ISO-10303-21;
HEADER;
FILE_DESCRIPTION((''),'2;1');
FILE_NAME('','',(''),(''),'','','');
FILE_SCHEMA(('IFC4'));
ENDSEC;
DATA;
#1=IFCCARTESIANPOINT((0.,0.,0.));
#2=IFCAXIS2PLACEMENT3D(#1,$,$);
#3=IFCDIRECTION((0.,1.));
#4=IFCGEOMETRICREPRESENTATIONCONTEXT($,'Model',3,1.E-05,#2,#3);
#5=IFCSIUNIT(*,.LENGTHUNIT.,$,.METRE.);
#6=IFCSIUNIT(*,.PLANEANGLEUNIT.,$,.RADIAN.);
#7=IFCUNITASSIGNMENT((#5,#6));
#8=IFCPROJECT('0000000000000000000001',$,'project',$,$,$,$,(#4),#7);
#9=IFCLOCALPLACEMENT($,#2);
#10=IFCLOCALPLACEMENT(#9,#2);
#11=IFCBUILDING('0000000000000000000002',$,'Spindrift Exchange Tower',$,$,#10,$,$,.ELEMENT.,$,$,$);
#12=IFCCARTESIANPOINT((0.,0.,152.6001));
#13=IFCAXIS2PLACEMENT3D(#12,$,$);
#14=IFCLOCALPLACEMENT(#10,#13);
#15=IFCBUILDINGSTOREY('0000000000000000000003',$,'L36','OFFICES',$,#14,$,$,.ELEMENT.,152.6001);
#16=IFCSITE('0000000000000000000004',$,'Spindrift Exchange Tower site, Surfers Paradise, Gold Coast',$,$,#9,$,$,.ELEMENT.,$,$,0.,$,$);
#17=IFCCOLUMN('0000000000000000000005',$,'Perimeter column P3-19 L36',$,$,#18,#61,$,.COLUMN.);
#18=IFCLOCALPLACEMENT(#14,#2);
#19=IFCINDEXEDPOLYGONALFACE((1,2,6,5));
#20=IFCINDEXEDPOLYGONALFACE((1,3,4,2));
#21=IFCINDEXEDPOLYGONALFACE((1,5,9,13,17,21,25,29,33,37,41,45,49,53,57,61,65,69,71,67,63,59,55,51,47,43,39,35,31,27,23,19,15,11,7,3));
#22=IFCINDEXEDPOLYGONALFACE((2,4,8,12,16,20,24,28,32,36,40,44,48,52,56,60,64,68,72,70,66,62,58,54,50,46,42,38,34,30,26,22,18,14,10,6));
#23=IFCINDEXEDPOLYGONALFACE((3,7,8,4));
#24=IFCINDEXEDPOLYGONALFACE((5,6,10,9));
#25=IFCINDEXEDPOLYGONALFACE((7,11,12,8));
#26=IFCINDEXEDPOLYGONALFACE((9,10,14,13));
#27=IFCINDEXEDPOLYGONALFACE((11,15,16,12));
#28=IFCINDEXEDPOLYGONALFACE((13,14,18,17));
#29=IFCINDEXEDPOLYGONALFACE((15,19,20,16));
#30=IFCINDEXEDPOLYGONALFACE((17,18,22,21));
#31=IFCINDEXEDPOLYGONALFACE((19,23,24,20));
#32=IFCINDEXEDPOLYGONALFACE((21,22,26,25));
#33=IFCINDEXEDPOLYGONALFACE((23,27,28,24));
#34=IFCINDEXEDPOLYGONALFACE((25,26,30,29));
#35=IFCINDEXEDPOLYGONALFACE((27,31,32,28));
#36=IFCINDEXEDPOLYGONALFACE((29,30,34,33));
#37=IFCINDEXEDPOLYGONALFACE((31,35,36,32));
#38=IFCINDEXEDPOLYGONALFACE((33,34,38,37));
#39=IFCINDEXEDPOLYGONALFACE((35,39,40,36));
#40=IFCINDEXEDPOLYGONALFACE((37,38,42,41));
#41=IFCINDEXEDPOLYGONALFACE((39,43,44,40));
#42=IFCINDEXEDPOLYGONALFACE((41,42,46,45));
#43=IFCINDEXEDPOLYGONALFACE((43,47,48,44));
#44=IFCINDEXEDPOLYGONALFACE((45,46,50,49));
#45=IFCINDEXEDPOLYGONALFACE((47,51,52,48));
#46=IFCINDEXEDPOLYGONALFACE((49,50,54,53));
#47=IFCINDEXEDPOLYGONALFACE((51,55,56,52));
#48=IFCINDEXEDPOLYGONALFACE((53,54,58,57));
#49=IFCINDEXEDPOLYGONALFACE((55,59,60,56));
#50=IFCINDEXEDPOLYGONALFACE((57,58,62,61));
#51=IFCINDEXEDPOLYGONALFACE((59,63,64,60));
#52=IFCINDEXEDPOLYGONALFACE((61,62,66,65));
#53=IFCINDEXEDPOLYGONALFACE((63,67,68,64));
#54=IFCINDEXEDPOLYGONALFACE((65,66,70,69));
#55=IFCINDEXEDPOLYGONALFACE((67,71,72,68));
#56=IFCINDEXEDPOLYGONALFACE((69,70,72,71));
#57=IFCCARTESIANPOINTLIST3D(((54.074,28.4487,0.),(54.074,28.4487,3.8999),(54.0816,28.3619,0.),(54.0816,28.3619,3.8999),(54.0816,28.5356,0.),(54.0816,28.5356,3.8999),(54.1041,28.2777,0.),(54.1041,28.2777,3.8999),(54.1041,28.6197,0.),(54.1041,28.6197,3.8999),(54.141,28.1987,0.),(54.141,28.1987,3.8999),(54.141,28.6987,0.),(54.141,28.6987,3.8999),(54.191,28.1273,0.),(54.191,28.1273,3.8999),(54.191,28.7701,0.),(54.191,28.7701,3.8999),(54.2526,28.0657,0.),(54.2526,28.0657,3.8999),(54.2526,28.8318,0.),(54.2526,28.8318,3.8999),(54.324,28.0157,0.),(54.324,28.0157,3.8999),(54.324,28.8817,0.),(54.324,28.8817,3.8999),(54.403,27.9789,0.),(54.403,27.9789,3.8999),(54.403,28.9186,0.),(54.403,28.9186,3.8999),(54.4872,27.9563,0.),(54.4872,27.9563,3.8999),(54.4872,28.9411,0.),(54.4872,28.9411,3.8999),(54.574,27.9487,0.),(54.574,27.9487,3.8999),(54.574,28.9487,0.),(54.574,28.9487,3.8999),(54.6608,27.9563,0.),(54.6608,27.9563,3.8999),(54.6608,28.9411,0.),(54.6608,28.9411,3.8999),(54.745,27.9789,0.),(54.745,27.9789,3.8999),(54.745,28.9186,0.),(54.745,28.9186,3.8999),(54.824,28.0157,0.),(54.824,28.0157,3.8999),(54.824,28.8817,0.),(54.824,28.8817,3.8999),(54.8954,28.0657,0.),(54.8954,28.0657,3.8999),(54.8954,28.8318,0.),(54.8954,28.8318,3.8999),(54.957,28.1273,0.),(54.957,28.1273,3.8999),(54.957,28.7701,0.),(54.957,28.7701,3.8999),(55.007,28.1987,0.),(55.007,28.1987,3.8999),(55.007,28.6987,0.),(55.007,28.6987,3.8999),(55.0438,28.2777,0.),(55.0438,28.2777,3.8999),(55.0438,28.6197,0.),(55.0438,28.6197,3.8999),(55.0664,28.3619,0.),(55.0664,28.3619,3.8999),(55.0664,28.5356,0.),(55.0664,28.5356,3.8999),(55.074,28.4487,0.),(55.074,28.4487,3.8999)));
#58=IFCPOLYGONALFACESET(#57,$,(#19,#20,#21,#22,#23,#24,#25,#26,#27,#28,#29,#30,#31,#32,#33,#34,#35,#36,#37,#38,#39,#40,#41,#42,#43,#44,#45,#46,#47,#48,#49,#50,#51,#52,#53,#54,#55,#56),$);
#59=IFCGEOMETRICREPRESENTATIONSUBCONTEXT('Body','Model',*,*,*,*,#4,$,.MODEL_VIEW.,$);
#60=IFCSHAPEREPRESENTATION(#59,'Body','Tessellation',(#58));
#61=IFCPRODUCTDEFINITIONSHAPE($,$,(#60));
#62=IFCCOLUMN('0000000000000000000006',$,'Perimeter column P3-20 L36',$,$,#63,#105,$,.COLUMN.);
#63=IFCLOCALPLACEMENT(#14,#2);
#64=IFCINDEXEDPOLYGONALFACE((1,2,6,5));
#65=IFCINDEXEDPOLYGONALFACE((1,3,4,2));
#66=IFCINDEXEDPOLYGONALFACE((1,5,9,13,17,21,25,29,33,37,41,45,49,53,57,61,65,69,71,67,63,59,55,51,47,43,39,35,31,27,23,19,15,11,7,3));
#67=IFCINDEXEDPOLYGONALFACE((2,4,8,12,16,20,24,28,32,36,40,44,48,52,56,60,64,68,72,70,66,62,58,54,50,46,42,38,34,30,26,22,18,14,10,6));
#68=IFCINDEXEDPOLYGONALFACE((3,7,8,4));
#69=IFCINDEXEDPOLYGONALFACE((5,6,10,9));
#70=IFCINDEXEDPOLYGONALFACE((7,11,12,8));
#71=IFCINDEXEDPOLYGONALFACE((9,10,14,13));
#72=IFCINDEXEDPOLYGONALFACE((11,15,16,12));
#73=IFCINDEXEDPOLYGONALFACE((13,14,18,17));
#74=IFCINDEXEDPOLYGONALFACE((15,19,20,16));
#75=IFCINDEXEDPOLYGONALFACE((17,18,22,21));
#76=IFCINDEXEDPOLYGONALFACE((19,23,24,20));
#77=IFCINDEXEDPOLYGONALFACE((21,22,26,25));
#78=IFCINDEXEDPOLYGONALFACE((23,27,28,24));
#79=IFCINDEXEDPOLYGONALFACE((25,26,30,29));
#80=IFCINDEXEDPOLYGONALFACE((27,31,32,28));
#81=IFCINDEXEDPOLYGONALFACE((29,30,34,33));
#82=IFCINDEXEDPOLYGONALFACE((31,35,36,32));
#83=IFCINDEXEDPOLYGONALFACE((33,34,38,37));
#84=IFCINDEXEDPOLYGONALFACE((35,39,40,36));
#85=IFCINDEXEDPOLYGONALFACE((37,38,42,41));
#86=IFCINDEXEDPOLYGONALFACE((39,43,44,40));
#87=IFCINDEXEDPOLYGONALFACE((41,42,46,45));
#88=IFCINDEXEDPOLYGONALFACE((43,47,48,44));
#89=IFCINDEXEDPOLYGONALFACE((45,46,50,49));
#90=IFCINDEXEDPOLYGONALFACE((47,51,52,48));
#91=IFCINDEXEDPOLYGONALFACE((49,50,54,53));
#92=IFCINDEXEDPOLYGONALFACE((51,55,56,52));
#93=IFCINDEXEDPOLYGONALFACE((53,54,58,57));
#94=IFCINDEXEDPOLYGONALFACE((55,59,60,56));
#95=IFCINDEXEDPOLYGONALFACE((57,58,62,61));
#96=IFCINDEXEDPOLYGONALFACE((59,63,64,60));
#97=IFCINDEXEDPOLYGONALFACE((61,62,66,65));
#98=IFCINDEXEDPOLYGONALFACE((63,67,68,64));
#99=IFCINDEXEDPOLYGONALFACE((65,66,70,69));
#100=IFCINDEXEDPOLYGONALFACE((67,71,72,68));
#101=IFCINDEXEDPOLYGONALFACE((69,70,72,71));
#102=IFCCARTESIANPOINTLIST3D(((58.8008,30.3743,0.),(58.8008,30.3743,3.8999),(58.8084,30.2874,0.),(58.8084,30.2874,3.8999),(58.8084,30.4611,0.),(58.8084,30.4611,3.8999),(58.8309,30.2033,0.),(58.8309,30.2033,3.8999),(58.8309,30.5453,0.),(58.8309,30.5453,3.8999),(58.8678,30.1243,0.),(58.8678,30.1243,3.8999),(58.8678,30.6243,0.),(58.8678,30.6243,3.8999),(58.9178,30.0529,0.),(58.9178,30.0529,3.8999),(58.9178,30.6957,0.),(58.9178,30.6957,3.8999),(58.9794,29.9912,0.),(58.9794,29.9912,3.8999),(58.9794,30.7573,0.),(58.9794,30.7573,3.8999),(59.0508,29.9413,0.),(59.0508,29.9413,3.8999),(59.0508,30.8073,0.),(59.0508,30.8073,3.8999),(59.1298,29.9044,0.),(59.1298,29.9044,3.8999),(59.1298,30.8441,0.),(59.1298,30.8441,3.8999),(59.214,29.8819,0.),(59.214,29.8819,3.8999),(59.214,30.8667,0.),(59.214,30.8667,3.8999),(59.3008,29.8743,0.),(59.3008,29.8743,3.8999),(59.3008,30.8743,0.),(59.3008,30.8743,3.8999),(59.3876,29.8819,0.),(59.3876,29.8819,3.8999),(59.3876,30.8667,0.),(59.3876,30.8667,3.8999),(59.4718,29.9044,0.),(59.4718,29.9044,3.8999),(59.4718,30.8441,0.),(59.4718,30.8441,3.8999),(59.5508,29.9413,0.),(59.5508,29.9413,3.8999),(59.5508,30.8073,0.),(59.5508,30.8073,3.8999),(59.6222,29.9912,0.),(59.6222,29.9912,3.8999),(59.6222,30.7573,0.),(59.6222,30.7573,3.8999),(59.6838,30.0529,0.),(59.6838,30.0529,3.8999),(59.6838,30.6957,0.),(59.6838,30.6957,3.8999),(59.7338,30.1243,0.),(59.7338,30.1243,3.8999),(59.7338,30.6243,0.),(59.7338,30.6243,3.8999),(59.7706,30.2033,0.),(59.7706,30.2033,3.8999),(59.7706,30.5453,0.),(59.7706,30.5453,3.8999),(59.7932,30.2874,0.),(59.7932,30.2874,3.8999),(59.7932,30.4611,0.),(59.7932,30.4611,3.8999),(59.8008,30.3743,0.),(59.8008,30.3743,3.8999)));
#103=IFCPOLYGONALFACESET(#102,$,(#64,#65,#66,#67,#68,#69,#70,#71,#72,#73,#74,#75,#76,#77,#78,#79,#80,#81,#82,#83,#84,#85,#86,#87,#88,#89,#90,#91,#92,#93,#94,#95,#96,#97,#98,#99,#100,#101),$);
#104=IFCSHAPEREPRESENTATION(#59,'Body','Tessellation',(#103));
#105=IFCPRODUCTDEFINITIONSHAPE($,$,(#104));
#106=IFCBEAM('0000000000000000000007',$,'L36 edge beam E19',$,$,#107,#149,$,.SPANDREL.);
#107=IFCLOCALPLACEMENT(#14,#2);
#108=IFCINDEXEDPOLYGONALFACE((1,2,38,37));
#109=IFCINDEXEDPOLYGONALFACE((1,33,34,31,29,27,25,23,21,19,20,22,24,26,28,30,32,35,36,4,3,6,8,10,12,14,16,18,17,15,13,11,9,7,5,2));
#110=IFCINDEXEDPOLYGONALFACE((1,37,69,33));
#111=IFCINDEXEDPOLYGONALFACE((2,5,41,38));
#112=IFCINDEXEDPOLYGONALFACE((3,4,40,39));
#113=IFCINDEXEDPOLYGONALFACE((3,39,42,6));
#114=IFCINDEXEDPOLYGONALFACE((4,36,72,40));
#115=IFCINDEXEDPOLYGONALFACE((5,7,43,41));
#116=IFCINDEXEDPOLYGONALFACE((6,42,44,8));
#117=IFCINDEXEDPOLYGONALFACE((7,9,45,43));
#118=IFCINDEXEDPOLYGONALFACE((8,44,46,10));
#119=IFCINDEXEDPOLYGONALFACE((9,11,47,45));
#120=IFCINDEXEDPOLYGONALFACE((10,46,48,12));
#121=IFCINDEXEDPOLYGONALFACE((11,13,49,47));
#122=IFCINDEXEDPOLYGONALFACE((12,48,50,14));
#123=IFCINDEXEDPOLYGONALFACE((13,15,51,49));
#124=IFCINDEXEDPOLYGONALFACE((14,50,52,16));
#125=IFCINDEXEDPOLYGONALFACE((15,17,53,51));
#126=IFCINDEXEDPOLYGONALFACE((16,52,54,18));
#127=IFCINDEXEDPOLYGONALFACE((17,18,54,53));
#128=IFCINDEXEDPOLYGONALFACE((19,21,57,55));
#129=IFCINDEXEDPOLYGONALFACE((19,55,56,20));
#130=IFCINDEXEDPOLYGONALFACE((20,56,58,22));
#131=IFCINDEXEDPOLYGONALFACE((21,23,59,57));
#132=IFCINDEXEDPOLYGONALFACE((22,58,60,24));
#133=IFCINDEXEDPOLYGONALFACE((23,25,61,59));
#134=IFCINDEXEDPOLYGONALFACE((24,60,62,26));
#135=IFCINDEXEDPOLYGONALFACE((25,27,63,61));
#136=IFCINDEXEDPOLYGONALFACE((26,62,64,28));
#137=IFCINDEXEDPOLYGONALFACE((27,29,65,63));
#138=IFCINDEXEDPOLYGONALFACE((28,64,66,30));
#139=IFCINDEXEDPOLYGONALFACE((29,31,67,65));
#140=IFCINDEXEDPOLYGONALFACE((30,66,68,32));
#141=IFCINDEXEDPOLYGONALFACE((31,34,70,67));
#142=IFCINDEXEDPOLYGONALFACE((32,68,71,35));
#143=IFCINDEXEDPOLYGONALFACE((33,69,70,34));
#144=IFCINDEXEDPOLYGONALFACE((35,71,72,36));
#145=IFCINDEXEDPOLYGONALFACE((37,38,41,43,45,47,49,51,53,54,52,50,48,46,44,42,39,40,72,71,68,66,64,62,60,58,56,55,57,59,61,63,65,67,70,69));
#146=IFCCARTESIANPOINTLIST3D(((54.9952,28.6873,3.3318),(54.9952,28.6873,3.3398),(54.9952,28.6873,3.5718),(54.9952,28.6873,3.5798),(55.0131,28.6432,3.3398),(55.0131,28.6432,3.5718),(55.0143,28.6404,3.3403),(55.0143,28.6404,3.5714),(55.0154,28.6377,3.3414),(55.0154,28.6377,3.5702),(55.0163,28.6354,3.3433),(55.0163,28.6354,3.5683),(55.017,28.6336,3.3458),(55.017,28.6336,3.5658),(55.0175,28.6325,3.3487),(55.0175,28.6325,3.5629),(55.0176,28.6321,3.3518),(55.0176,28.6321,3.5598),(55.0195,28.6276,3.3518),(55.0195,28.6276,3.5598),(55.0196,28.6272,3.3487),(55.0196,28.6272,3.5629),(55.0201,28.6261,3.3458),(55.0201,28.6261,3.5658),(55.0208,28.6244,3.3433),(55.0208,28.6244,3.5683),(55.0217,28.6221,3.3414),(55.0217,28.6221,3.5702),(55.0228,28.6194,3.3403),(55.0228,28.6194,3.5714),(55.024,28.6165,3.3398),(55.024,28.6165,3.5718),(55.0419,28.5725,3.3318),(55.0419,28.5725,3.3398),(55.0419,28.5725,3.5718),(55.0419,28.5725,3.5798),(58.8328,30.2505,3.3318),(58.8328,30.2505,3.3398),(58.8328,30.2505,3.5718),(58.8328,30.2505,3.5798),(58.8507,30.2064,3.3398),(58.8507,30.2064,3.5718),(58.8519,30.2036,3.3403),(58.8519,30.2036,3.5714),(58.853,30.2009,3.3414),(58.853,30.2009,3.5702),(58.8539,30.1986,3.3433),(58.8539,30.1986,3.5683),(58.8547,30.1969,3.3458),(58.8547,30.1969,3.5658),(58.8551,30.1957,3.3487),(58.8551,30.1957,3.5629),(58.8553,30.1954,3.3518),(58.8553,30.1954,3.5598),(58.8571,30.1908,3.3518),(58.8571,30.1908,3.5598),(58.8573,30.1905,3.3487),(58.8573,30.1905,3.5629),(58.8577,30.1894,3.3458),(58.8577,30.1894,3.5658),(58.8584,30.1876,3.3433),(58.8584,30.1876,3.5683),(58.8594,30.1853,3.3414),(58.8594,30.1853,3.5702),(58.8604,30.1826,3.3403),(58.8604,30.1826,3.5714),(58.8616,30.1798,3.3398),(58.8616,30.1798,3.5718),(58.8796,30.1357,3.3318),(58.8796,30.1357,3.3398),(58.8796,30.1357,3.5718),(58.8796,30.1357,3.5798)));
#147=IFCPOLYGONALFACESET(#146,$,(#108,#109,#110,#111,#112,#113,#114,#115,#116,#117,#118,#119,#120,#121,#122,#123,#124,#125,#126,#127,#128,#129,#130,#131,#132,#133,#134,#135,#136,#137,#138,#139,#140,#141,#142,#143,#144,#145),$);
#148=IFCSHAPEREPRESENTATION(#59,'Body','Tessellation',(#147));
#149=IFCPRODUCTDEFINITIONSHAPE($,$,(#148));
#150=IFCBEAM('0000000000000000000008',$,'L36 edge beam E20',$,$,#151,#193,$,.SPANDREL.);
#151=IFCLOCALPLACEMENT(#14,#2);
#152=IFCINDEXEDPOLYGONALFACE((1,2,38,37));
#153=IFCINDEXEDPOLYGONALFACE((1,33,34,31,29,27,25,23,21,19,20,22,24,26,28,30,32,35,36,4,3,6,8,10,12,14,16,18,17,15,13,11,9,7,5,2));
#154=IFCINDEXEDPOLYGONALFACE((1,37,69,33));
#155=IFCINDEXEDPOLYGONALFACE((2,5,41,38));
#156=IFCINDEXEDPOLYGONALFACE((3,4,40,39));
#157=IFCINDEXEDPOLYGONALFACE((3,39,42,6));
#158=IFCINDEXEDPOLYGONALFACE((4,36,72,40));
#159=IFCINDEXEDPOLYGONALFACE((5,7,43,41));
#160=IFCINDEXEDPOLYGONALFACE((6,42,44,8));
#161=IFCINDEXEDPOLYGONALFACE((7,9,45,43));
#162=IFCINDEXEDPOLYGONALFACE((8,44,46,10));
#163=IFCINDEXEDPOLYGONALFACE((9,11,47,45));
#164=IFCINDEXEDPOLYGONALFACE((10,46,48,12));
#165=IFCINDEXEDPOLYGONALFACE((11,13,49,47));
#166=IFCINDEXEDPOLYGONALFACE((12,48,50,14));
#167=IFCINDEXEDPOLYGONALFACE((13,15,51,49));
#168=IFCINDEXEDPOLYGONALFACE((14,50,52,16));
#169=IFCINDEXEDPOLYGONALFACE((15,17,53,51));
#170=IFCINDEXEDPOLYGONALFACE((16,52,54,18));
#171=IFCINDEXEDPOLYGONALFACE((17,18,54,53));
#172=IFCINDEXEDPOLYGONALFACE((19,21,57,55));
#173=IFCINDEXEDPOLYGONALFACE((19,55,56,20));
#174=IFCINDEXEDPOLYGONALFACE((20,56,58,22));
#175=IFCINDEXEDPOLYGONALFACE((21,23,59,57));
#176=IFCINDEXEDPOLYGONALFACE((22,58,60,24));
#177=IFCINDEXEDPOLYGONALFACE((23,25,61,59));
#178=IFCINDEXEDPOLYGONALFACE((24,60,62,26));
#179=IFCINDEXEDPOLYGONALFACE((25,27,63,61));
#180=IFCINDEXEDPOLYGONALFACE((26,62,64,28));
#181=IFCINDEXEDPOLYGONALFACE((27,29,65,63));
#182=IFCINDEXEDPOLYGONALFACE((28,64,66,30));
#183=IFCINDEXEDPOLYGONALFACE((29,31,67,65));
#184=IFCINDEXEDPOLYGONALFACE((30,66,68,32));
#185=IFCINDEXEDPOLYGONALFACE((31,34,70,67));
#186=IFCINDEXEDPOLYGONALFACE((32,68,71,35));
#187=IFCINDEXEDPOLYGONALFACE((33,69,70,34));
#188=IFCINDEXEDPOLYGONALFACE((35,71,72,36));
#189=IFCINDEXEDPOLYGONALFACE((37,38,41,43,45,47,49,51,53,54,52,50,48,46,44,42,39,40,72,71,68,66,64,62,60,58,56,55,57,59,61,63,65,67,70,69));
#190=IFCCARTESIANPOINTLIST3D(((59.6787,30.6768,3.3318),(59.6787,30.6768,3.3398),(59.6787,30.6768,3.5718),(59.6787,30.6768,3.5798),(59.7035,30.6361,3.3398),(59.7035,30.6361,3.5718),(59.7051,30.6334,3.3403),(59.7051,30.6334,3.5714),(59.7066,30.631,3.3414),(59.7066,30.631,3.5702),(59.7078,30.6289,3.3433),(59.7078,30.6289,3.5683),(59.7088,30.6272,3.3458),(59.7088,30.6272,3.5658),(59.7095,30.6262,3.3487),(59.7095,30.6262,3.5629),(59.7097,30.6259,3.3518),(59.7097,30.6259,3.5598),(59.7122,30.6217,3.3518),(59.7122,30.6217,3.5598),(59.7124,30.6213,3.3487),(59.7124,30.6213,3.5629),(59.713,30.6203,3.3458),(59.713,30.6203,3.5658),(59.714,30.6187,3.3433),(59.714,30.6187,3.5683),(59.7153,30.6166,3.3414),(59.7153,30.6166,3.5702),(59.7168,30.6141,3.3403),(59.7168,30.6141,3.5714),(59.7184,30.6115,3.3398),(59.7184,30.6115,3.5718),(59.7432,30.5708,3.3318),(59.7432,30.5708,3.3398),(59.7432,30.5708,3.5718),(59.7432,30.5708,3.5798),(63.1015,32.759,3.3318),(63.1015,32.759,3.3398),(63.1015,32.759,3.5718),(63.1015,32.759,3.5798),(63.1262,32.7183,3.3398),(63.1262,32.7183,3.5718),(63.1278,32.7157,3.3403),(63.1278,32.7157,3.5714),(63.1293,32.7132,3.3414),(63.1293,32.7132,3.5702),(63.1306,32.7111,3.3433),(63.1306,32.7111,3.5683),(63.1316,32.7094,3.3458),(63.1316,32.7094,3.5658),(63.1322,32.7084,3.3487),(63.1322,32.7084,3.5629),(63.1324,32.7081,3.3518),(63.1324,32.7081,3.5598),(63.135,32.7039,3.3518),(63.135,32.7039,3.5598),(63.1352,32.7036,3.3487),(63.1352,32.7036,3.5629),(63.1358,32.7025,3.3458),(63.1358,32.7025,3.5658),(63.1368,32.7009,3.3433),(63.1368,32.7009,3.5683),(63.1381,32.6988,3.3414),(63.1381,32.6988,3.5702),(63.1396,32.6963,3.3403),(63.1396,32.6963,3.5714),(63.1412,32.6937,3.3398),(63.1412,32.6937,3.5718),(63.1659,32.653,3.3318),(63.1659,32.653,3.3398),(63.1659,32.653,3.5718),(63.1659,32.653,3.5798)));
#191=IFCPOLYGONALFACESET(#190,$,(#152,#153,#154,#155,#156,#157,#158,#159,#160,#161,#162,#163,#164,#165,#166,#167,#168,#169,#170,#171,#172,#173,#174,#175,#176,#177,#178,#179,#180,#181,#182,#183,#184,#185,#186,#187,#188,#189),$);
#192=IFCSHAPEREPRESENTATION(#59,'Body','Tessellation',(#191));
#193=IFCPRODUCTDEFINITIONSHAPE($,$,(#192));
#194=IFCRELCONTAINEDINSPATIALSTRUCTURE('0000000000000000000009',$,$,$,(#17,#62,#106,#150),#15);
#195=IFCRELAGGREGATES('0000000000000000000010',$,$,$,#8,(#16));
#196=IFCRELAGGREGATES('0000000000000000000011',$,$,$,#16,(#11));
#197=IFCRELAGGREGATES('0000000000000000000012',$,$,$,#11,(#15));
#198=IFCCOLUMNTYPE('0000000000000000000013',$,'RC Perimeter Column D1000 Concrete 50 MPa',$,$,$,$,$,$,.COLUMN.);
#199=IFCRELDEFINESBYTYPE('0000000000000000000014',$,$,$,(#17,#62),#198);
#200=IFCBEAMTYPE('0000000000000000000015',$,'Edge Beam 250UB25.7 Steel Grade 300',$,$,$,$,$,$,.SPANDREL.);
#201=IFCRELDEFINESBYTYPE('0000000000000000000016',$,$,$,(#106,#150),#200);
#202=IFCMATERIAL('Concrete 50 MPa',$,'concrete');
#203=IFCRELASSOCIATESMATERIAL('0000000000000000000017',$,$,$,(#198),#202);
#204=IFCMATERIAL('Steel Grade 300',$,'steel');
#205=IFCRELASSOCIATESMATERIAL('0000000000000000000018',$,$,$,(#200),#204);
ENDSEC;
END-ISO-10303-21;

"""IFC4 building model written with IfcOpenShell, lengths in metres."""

from ifc_helpers import new_model, si_unit, direction, frame, origin, origin_2d, place, context, subcontext, project, spatial, circle, i_section, extrude, source, transform, mapped, material, material_profile, profile_set, type_object, element, save


model = new_model("IFC4")

# Units and contexts
model_context = context("Model", 3, precision=1e-05, world=origin(), true_north=direction((0.0, 1.0)))
body_context = subcontext(model_context, "Body", "Model", "MODEL_VIEW")
ifc_project = project(units=[si_unit("LENGTHUNIT", "METRE"), si_unit("PLANEANGLEUNIT", "RADIAN")], contexts=[model_context])

# Site, building, storey
site_placement = place(None, origin())
site = spatial("IfcSite", under=ifc_project, at=site_placement, Name="Spindrift Exchange Tower site, Surfers Paradise, Gold Coast", CompositionType="ELEMENT", RefElevation=0.0)
building_placement = place(site_placement, origin())
building = spatial("IfcBuilding", under=site, at=building_placement, Name="Spindrift Exchange Tower", CompositionType="ELEMENT")
storey_placement = place(building_placement, frame((0.0, 0.0, 152.6001)))
storey = spatial("IfcBuildingStorey", under=building, at=storey_placement, Name="L36", Description="OFFICES", CompositionType="ELEMENT", Elevation=152.6001)

# Columns
ifc_material_1 = material(Name="Concrete 50 MPa", Category="concrete")
ifc_material_profile_1 = material_profile(ifc_material_1, circle(Radius=0.5, at=origin_2d()), Name="RC D1000")
ifc_profile_set_1 = profile_set([ifc_material_profile_1], Name="Concrete 50 MPa")
column_type = type_object("IfcColumnType", Name="RC Perimeter Column D1000 Concrete 50 MPa", PredefinedType="COLUMN", material=ifc_profile_set_1)
shared_shape_1 = source(origin(), body_context, "Body", "SweptSolid", [
    extrude(circle(Radius=0.5, at=origin_2d()), origin(), (0.0, 0.0, 1.0), 3.8999),
])
for number, where, z_axis, x_axis, name in (
    (1, (54.574, 28.4487, 0.0), (0.0, 0.0, 1.0), (1.0, 0.0, 0.0), "Perimeter column P3-19 L36"),
    (2, (59.3008, 30.3743, 0.0), (0.0, 0.0, 1.0), (1.0, 0.0, 0.0), "Perimeter column P3-20 L36"),
):
    element("IfcColumn", number, at=place(storey_placement, frame(where, z_axis=z_axis, x_axis=x_axis)), inside=storey, type_object=column_type, Name=name, PredefinedType="COLUMN", context=body_context, shape_type="MappedRepresentation", body=[
        mapped(shared_shape_1, transform((0.0, 0.0, 0.0), scale=1.0)),
    ])

# Beams
ifc_material_2 = material(Name="Steel Grade 300", Category="steel")
ifc_material_profile_2 = material_profile(ifc_material_2, i_section(OverallWidth=0.124, OverallDepth=0.248, WebThickness=0.0049, FlangeThickness=0.0081, FilletRadius=0.012, at=origin_2d()), Name="250UB25.7")
ifc_profile_set_2 = profile_set([ifc_material_profile_2], Name="Steel Grade 300")
beam_type_1 = type_object("IfcBeamType", Name="Edge Beam 250UB25.7 Steel Grade 300", PredefinedType="SPANDREL", material=ifc_profile_set_2)
shared_shape_2 = source(origin(), body_context, "Body", "SweptSolid", [
    extrude(i_section(OverallWidth=0.124, OverallDepth=0.248, WebThickness=0.0049, FlangeThickness=0.0081, FilletRadius=0.012, at=origin_2d()), origin(), (0.0, 0.0, 1.0), 4.1438),
])
beam_1_placement = place(storey_placement, frame((55.0186, 28.6299, 3.4558), z_axis=(0.926114, 0.377244, 0.0), x_axis=(-0.377244, 0.926114, 0.0)))
element("IfcBeam", 3, at=beam_1_placement, inside=storey, type_object=beam_type_1, Name="L36 edge beam E19", PredefinedType="SPANDREL", context=body_context, shape_type="MappedRepresentation", body=[
    mapped(shared_shape_2, transform((0.0, 0.0, 0.0), scale=1.0)),
])
shared_shape_3 = source(origin(), body_context, "Body", "SweptSolid", [
    extrude(i_section(OverallWidth=0.124, OverallDepth=0.248, WebThickness=0.0049, FlangeThickness=0.0081, FilletRadius=0.012, at=origin_2d()), origin(), (0.0, 0.0, 1.0), 4.0063),
])
beam_2_placement = place(storey_placement, frame((59.7109, 30.6238, 3.4558), z_axis=(0.854331, 0.519728, 0.0), x_axis=(-0.519728, 0.854331, 0.0)))
element("IfcBeam", 4, at=beam_2_placement, inside=storey, type_object=beam_type_1, Name="L36 edge beam E20", PredefinedType="SPANDREL", context=body_context, shape_type="MappedRepresentation", body=[
    mapped(shared_shape_3, transform((0.0, 0.0, 0.0), scale=1.0)),
])

save(model, "model.ifc")
